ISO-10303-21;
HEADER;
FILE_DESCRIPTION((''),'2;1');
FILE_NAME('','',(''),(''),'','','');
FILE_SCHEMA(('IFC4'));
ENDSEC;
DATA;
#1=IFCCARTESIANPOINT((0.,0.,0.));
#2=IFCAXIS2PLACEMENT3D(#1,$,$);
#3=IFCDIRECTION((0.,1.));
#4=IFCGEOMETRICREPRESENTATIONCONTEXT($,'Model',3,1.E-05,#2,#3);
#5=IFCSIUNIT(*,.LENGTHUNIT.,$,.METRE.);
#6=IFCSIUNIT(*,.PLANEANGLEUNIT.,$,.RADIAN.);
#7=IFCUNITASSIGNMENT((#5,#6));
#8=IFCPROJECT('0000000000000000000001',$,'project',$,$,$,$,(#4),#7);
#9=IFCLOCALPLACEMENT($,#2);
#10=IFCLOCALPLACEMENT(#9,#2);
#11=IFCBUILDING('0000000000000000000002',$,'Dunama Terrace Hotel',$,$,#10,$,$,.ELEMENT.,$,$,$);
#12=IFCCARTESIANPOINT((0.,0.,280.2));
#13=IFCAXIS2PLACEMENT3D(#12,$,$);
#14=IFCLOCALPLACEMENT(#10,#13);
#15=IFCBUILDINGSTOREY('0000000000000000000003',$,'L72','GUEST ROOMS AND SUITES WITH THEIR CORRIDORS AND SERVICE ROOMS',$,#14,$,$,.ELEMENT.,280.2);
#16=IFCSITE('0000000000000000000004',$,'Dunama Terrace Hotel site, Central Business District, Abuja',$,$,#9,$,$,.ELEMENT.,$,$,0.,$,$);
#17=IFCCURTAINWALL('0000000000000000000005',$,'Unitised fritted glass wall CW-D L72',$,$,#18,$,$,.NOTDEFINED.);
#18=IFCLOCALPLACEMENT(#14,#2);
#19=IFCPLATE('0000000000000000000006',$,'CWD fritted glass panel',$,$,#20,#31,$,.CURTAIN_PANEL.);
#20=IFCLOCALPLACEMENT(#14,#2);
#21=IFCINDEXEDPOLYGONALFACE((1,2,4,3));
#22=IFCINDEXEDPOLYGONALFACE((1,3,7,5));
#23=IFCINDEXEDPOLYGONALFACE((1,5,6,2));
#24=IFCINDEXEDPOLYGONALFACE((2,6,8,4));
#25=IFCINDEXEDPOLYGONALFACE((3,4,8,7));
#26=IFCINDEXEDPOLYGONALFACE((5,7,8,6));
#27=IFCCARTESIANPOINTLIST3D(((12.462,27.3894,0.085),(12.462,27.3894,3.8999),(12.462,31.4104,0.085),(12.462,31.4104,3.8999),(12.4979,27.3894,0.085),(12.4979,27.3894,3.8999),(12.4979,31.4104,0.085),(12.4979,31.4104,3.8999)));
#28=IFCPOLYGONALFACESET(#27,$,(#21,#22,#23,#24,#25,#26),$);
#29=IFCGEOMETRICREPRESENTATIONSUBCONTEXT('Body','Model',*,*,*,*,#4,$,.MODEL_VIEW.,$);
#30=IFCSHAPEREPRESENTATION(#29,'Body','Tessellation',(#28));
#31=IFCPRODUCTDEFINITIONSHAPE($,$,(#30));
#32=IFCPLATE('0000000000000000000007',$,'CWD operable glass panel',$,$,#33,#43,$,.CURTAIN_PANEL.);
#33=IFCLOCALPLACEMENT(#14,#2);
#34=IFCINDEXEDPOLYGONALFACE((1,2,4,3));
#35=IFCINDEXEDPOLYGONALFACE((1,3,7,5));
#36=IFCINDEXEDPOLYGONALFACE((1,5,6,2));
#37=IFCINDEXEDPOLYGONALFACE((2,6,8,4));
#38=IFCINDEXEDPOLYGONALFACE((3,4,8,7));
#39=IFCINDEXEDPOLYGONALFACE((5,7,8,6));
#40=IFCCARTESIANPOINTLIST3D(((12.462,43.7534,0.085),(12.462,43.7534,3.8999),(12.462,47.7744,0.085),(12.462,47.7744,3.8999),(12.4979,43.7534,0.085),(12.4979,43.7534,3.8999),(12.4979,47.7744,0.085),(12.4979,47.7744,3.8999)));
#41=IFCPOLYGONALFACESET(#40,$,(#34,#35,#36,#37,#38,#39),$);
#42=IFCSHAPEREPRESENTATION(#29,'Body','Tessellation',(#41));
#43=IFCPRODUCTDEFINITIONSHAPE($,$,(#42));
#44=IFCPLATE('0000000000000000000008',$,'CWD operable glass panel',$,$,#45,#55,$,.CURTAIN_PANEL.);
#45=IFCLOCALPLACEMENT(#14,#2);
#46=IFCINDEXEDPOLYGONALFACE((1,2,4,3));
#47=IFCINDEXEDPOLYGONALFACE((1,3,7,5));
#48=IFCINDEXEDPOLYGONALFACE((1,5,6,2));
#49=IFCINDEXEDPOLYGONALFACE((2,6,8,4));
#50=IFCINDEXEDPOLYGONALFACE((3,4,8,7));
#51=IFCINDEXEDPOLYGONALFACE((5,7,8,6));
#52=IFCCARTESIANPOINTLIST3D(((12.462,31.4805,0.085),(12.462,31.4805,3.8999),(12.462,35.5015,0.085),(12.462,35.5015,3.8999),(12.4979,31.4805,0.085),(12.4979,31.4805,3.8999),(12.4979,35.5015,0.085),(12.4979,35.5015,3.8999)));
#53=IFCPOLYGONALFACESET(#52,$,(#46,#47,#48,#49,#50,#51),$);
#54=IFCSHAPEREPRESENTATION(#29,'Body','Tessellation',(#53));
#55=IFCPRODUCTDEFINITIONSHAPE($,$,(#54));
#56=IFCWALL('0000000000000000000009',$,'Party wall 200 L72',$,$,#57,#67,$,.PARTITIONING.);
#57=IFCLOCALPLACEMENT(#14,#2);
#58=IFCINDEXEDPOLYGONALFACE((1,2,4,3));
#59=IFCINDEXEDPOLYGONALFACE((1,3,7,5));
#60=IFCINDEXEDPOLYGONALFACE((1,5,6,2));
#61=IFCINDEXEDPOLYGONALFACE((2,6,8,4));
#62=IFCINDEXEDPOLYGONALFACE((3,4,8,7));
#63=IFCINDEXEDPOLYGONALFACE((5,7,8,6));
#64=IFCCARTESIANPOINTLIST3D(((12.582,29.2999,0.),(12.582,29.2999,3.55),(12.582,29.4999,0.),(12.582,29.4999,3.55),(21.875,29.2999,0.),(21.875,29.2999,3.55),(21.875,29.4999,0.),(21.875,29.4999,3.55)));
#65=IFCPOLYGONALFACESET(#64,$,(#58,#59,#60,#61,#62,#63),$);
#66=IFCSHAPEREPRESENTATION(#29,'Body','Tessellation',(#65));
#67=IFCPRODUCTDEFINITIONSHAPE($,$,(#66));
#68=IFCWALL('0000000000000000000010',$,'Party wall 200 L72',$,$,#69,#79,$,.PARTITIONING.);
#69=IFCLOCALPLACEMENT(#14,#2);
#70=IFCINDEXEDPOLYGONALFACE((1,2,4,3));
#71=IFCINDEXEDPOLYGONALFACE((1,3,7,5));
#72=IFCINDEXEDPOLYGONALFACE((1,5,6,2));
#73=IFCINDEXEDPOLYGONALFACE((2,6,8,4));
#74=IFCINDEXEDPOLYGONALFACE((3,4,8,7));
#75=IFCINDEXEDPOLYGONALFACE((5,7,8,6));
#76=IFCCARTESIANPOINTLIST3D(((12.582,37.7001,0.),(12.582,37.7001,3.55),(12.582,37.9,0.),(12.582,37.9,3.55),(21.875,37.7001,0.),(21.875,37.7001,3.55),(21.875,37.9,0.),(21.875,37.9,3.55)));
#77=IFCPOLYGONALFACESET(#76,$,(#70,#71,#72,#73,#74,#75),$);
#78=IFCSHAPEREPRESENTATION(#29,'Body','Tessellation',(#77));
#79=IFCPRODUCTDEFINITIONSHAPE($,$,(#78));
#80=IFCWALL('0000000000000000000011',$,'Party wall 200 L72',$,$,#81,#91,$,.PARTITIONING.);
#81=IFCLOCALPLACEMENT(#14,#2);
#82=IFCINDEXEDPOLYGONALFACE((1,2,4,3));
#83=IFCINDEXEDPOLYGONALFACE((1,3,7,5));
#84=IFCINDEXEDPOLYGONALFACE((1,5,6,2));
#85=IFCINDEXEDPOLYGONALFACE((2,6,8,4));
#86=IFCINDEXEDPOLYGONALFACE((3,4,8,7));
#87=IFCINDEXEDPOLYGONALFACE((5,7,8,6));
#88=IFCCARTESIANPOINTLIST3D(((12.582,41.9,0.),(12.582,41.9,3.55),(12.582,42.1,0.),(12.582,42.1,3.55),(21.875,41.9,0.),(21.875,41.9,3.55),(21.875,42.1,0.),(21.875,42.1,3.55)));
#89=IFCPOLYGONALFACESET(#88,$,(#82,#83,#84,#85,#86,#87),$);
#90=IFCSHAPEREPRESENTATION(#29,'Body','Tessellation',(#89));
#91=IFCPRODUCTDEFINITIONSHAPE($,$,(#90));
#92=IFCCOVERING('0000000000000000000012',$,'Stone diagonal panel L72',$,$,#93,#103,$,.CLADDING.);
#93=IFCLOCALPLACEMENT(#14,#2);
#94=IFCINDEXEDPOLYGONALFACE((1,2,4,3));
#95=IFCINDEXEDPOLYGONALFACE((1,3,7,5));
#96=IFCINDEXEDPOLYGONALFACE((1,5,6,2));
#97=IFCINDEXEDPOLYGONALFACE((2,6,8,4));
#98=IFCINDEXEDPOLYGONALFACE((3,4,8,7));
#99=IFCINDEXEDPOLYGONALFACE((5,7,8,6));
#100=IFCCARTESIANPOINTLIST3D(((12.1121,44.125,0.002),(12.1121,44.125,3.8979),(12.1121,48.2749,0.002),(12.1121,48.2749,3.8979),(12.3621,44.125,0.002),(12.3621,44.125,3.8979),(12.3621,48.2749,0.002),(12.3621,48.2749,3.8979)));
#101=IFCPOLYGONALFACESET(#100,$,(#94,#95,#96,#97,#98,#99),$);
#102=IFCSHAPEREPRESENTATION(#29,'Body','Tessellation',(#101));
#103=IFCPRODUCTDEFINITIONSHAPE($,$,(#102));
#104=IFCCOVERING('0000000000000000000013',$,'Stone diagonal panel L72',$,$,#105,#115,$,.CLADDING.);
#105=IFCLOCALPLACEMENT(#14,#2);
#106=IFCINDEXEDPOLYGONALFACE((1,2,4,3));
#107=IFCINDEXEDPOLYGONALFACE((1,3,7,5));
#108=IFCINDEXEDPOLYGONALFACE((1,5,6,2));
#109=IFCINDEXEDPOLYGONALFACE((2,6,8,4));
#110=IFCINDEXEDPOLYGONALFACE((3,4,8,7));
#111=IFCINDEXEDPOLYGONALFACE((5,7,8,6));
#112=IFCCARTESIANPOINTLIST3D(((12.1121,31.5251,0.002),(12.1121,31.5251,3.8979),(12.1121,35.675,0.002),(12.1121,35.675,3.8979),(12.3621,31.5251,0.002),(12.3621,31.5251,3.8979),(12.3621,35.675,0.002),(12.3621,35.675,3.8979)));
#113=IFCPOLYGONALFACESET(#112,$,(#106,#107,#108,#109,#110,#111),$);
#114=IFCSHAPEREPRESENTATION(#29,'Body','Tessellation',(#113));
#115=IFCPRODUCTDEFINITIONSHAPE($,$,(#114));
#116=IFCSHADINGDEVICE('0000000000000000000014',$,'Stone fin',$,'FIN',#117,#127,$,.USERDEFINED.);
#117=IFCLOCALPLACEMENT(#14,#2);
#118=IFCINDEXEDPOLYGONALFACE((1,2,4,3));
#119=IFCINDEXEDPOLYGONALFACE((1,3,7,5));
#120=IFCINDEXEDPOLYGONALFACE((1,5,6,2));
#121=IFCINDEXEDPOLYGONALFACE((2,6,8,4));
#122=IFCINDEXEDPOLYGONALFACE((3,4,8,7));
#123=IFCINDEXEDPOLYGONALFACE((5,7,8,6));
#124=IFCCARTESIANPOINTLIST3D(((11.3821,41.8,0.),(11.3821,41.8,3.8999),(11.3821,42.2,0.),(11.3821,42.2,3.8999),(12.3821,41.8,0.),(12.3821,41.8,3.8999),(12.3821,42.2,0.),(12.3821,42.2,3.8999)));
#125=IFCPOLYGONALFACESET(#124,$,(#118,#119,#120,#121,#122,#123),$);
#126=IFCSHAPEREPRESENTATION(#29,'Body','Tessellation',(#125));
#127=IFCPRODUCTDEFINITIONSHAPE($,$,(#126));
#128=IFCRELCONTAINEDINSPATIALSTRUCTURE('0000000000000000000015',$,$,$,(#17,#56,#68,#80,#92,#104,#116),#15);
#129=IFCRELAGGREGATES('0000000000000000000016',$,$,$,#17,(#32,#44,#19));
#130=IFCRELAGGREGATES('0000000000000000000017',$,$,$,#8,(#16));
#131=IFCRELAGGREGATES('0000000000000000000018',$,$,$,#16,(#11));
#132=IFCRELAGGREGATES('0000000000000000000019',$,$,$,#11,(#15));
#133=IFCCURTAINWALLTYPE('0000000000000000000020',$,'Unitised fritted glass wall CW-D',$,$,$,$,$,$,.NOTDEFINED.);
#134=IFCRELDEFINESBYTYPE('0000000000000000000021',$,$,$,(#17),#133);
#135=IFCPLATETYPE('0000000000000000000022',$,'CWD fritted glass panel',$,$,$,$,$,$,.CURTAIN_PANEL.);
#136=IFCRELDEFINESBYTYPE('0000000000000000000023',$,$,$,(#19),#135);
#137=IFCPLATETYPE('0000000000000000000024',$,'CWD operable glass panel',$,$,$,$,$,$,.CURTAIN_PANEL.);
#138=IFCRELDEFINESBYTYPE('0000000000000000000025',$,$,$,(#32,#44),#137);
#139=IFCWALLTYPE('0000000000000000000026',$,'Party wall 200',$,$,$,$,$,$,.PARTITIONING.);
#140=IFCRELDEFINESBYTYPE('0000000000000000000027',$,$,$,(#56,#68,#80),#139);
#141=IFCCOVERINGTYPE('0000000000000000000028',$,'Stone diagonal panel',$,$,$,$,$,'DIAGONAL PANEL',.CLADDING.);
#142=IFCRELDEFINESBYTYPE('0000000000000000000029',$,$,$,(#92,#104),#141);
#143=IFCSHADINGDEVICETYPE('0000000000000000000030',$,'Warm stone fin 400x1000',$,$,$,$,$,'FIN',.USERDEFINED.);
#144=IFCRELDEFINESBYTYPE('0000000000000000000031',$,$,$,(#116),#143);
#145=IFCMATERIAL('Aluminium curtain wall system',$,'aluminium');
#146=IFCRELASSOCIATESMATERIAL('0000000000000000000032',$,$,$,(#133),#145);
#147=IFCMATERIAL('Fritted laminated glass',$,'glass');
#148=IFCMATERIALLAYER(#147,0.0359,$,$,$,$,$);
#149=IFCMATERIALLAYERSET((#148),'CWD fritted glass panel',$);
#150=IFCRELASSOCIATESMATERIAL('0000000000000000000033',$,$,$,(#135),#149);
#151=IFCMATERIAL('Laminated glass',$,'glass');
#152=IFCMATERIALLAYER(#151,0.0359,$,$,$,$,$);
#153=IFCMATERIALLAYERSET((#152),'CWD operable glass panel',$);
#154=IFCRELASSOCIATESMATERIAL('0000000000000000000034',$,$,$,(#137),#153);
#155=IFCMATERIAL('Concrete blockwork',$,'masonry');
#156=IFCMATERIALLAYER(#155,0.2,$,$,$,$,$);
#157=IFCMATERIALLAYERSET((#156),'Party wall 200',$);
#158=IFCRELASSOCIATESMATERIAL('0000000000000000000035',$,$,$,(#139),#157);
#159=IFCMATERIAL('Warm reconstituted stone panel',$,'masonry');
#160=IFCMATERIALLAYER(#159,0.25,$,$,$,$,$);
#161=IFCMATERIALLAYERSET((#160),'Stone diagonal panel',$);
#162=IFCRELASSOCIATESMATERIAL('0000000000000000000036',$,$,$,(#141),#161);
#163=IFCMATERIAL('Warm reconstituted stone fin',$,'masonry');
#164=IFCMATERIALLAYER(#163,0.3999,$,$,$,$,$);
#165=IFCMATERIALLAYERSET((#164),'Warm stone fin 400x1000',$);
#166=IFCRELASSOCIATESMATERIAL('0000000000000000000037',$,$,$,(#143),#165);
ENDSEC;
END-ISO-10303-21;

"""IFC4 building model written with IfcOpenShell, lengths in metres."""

from ifc_helpers import new_model, si_unit, direction, frame, frame_2d, origin, origin_2d, place, context, subcontext, project, spatial, rectangle, extrude, material, layer, layer_set, type_object, element, aggregate, save


model = new_model("IFC4")

# Units and contexts
model_context = context("Model", 3, precision=1e-05, world=origin(), true_north=direction((0.0, 1.0)))
body_context = subcontext(model_context, "Body", "Model", "MODEL_VIEW")
ifc_project = project(units=[si_unit("LENGTHUNIT", "METRE"), si_unit("PLANEANGLEUNIT", "RADIAN")], contexts=[model_context])

# Site, building, storey
site_placement = place(None, origin())
site = spatial("IfcSite", under=ifc_project, at=site_placement, Name="Dunama Terrace Hotel site, Central Business District, Abuja", CompositionType="ELEMENT", RefElevation=0.0)
building_placement = place(site_placement, origin())
building = spatial("IfcBuilding", under=site, at=building_placement, Name="Dunama Terrace Hotel", CompositionType="ELEMENT")
storey_placement = place(building_placement, frame((0.0, 0.0, 280.2)))
storey = spatial("IfcBuildingStorey", under=building, at=storey_placement, Name="L72", Description="GUEST ROOMS AND SUITES WITH THEIR CORRIDORS AND SERVICE ROOMS", CompositionType="ELEMENT", Elevation=280.2)

# Curtain wall
ifc_material_1 = material(Name="Aluminium curtain wall system", Category="aluminium")
curtain_wall_type = type_object("IfcCurtainWallType", Name="Unitised fritted glass wall CW-D", PredefinedType="NOTDEFINED", material=ifc_material_1)
curtain_wall_placement = place(storey_placement, origin())
curtain_wall = element("IfcCurtainWall", 1, at=curtain_wall_placement, inside=storey, type_object=curtain_wall_type, Name="Unitised fritted glass wall CW-D L72", PredefinedType="NOTDEFINED")

# Plates
ifc_material_2 = material(Name="Fritted laminated glass", Category="glass")
ifc_layer_1 = layer(ifc_material_2, 0.0359)
ifc_layer_set_1 = layer_set([ifc_layer_1], Name="CWD fritted glass panel")
plate_type_1 = type_object("IfcPlateType", Name="CWD fritted glass panel", PredefinedType="CURTAIN_PANEL", material=ifc_layer_set_1)
plate_1_placement = place(storey_placement, frame((12.48, 29.3999, 0.085), z_axis=(0.0, 0.0, 1.0), x_axis=(0.0, -1.0, 0.0)))
plate_1 = element("IfcPlate", 2, at=plate_1_placement, type_object=plate_type_1, Name="CWD fritted glass panel", PredefinedType="CURTAIN_PANEL", context=body_context, shape_type="SweptSolid", body=[
    extrude(rectangle(XDim=4.021, YDim=0.0359, at=origin_2d()), origin(), (0.0, 0.0, 1.0), 3.8149),
])
ifc_material_3 = material(Name="Laminated glass", Category="glass")
ifc_layer_2 = layer(ifc_material_3, 0.0359)
ifc_layer_set_2 = layer_set([ifc_layer_2], Name="CWD operable glass panel")
plate_type_2 = type_object("IfcPlateType", Name="CWD operable glass panel", PredefinedType="CURTAIN_PANEL", material=ifc_layer_set_2)
plate_2_placement = place(storey_placement, frame((12.48, 45.7639, 0.085), z_axis=(0.0, 0.0, 1.0), x_axis=(0.0, -1.0, 0.0)))
plate_2 = element("IfcPlate", 3, at=plate_2_placement, type_object=plate_type_2, Name="CWD operable glass panel", PredefinedType="CURTAIN_PANEL", context=body_context, shape_type="SweptSolid", body=[
    extrude(rectangle(XDim=4.021, YDim=0.0359, at=origin_2d()), origin(), (0.0, 0.0, 1.0), 3.8149),
])
plate_3_placement = place(storey_placement, frame((12.48, 33.491, 0.085), z_axis=(0.0, 0.0, 1.0), x_axis=(0.0, -1.0, 0.0)))
plate_3 = element("IfcPlate", 4, at=plate_3_placement, type_object=plate_type_2, Name="CWD operable glass panel", PredefinedType="CURTAIN_PANEL", context=body_context, shape_type="SweptSolid", body=[
    extrude(rectangle(XDim=4.021, YDim=0.0359, at=origin_2d()), origin(), (0.0, 0.0, 1.0), 3.8149),
])
aggregate(curtain_wall, [plate_2, plate_3, plate_1])

# Walls
ifc_material_4 = material(Name="Concrete blockwork", Category="masonry")
ifc_layer_3 = layer(ifc_material_4, 0.2)
ifc_layer_set_3 = layer_set([ifc_layer_3], Name="Party wall 200")
wall_type = type_object("IfcWallType", Name="Party wall 200", PredefinedType="PARTITIONING", material=ifc_layer_set_3)
for number, where, z_axis, x_axis, name in (
    (5, (12.582, 29.3999, 0.0), (0.0, 0.0, 1.0), (1.0, 0.0, 0.0), "Party wall 200 L72"),
    (6, (12.582, 37.8, 0.0), (0.0, 0.0, 1.0), (1.0, 0.0, 0.0), "Party wall 200 L72"),
    (7, (12.582, 42.0, 0.0), (0.0, 0.0, 1.0), (1.0, 0.0, 0.0), "Party wall 200 L72"),
):
    element("IfcWall", number, at=place(storey_placement, frame(where, z_axis=z_axis, x_axis=x_axis)), inside=storey, type_object=wall_type, Name=name, PredefinedType="PARTITIONING", context=body_context, shape_type="SweptSolid", body=[
        extrude(rectangle(XDim=9.293, YDim=0.2, at=frame_2d((4.6465, 0.0))), origin(), (0.0, 0.0, 1.0), 3.55),
    ])

# Coverings
ifc_material_5 = material(Name="Warm reconstituted stone panel", Category="masonry")
ifc_layer_4 = layer(ifc_material_5, 0.25)
ifc_layer_set_4 = layer_set([ifc_layer_4], Name="Stone diagonal panel")
covering_type = type_object("IfcCoveringType", Name="Stone diagonal panel", ElementType="DIAGONAL PANEL", PredefinedType="CLADDING", material=ifc_layer_set_4)
for number, where, z_axis, x_axis, name in (
    (8, (12.2371, 46.2, 0.002), (0.0, 0.0, 1.0), (0.0, -1.0, 0.0), "Stone diagonal panel L72"),
    (9, (12.2371, 33.6001, 0.002), (0.0, 0.0, 1.0), (0.0, -1.0, 0.0), "Stone diagonal panel L72"),
):
    element("IfcCovering", number, at=place(storey_placement, frame(where, z_axis=z_axis, x_axis=x_axis)), inside=storey, type_object=covering_type, Name=name, PredefinedType="CLADDING", context=body_context, shape_type="SweptSolid", body=[
        extrude(rectangle(XDim=4.1499, YDim=0.25, at=origin_2d()), origin(), (0.0, 0.0, 1.0), 3.896),
    ])

# Shading device
ifc_material_6 = material(Name="Warm reconstituted stone fin", Category="masonry")
ifc_layer_5 = layer(ifc_material_6, 0.3999)
ifc_layer_set_5 = layer_set([ifc_layer_5], Name="Warm stone fin 400x1000")
shading_device_type = type_object("IfcShadingDeviceType", Name="Warm stone fin 400x1000", ElementType="FIN", PredefinedType="USERDEFINED", material=ifc_layer_set_5)
shading_device_placement = place(storey_placement, frame((11.8821, 42.0, 0.0), z_axis=(0.0, 0.0, 1.0), x_axis=(0.0, -1.0, 0.0)))
element("IfcShadingDevice", 10, at=shading_device_placement, inside=storey, type_object=shading_device_type, Name="Stone fin", ObjectType="FIN", PredefinedType="USERDEFINED", context=body_context, shape_type="SweptSolid", body=[
    extrude(rectangle(XDim=0.3999, YDim=1.0, at=origin_2d()), origin(), (0.0, 0.0, 1.0), 3.8999),
])

save(model, "model.ifc")
